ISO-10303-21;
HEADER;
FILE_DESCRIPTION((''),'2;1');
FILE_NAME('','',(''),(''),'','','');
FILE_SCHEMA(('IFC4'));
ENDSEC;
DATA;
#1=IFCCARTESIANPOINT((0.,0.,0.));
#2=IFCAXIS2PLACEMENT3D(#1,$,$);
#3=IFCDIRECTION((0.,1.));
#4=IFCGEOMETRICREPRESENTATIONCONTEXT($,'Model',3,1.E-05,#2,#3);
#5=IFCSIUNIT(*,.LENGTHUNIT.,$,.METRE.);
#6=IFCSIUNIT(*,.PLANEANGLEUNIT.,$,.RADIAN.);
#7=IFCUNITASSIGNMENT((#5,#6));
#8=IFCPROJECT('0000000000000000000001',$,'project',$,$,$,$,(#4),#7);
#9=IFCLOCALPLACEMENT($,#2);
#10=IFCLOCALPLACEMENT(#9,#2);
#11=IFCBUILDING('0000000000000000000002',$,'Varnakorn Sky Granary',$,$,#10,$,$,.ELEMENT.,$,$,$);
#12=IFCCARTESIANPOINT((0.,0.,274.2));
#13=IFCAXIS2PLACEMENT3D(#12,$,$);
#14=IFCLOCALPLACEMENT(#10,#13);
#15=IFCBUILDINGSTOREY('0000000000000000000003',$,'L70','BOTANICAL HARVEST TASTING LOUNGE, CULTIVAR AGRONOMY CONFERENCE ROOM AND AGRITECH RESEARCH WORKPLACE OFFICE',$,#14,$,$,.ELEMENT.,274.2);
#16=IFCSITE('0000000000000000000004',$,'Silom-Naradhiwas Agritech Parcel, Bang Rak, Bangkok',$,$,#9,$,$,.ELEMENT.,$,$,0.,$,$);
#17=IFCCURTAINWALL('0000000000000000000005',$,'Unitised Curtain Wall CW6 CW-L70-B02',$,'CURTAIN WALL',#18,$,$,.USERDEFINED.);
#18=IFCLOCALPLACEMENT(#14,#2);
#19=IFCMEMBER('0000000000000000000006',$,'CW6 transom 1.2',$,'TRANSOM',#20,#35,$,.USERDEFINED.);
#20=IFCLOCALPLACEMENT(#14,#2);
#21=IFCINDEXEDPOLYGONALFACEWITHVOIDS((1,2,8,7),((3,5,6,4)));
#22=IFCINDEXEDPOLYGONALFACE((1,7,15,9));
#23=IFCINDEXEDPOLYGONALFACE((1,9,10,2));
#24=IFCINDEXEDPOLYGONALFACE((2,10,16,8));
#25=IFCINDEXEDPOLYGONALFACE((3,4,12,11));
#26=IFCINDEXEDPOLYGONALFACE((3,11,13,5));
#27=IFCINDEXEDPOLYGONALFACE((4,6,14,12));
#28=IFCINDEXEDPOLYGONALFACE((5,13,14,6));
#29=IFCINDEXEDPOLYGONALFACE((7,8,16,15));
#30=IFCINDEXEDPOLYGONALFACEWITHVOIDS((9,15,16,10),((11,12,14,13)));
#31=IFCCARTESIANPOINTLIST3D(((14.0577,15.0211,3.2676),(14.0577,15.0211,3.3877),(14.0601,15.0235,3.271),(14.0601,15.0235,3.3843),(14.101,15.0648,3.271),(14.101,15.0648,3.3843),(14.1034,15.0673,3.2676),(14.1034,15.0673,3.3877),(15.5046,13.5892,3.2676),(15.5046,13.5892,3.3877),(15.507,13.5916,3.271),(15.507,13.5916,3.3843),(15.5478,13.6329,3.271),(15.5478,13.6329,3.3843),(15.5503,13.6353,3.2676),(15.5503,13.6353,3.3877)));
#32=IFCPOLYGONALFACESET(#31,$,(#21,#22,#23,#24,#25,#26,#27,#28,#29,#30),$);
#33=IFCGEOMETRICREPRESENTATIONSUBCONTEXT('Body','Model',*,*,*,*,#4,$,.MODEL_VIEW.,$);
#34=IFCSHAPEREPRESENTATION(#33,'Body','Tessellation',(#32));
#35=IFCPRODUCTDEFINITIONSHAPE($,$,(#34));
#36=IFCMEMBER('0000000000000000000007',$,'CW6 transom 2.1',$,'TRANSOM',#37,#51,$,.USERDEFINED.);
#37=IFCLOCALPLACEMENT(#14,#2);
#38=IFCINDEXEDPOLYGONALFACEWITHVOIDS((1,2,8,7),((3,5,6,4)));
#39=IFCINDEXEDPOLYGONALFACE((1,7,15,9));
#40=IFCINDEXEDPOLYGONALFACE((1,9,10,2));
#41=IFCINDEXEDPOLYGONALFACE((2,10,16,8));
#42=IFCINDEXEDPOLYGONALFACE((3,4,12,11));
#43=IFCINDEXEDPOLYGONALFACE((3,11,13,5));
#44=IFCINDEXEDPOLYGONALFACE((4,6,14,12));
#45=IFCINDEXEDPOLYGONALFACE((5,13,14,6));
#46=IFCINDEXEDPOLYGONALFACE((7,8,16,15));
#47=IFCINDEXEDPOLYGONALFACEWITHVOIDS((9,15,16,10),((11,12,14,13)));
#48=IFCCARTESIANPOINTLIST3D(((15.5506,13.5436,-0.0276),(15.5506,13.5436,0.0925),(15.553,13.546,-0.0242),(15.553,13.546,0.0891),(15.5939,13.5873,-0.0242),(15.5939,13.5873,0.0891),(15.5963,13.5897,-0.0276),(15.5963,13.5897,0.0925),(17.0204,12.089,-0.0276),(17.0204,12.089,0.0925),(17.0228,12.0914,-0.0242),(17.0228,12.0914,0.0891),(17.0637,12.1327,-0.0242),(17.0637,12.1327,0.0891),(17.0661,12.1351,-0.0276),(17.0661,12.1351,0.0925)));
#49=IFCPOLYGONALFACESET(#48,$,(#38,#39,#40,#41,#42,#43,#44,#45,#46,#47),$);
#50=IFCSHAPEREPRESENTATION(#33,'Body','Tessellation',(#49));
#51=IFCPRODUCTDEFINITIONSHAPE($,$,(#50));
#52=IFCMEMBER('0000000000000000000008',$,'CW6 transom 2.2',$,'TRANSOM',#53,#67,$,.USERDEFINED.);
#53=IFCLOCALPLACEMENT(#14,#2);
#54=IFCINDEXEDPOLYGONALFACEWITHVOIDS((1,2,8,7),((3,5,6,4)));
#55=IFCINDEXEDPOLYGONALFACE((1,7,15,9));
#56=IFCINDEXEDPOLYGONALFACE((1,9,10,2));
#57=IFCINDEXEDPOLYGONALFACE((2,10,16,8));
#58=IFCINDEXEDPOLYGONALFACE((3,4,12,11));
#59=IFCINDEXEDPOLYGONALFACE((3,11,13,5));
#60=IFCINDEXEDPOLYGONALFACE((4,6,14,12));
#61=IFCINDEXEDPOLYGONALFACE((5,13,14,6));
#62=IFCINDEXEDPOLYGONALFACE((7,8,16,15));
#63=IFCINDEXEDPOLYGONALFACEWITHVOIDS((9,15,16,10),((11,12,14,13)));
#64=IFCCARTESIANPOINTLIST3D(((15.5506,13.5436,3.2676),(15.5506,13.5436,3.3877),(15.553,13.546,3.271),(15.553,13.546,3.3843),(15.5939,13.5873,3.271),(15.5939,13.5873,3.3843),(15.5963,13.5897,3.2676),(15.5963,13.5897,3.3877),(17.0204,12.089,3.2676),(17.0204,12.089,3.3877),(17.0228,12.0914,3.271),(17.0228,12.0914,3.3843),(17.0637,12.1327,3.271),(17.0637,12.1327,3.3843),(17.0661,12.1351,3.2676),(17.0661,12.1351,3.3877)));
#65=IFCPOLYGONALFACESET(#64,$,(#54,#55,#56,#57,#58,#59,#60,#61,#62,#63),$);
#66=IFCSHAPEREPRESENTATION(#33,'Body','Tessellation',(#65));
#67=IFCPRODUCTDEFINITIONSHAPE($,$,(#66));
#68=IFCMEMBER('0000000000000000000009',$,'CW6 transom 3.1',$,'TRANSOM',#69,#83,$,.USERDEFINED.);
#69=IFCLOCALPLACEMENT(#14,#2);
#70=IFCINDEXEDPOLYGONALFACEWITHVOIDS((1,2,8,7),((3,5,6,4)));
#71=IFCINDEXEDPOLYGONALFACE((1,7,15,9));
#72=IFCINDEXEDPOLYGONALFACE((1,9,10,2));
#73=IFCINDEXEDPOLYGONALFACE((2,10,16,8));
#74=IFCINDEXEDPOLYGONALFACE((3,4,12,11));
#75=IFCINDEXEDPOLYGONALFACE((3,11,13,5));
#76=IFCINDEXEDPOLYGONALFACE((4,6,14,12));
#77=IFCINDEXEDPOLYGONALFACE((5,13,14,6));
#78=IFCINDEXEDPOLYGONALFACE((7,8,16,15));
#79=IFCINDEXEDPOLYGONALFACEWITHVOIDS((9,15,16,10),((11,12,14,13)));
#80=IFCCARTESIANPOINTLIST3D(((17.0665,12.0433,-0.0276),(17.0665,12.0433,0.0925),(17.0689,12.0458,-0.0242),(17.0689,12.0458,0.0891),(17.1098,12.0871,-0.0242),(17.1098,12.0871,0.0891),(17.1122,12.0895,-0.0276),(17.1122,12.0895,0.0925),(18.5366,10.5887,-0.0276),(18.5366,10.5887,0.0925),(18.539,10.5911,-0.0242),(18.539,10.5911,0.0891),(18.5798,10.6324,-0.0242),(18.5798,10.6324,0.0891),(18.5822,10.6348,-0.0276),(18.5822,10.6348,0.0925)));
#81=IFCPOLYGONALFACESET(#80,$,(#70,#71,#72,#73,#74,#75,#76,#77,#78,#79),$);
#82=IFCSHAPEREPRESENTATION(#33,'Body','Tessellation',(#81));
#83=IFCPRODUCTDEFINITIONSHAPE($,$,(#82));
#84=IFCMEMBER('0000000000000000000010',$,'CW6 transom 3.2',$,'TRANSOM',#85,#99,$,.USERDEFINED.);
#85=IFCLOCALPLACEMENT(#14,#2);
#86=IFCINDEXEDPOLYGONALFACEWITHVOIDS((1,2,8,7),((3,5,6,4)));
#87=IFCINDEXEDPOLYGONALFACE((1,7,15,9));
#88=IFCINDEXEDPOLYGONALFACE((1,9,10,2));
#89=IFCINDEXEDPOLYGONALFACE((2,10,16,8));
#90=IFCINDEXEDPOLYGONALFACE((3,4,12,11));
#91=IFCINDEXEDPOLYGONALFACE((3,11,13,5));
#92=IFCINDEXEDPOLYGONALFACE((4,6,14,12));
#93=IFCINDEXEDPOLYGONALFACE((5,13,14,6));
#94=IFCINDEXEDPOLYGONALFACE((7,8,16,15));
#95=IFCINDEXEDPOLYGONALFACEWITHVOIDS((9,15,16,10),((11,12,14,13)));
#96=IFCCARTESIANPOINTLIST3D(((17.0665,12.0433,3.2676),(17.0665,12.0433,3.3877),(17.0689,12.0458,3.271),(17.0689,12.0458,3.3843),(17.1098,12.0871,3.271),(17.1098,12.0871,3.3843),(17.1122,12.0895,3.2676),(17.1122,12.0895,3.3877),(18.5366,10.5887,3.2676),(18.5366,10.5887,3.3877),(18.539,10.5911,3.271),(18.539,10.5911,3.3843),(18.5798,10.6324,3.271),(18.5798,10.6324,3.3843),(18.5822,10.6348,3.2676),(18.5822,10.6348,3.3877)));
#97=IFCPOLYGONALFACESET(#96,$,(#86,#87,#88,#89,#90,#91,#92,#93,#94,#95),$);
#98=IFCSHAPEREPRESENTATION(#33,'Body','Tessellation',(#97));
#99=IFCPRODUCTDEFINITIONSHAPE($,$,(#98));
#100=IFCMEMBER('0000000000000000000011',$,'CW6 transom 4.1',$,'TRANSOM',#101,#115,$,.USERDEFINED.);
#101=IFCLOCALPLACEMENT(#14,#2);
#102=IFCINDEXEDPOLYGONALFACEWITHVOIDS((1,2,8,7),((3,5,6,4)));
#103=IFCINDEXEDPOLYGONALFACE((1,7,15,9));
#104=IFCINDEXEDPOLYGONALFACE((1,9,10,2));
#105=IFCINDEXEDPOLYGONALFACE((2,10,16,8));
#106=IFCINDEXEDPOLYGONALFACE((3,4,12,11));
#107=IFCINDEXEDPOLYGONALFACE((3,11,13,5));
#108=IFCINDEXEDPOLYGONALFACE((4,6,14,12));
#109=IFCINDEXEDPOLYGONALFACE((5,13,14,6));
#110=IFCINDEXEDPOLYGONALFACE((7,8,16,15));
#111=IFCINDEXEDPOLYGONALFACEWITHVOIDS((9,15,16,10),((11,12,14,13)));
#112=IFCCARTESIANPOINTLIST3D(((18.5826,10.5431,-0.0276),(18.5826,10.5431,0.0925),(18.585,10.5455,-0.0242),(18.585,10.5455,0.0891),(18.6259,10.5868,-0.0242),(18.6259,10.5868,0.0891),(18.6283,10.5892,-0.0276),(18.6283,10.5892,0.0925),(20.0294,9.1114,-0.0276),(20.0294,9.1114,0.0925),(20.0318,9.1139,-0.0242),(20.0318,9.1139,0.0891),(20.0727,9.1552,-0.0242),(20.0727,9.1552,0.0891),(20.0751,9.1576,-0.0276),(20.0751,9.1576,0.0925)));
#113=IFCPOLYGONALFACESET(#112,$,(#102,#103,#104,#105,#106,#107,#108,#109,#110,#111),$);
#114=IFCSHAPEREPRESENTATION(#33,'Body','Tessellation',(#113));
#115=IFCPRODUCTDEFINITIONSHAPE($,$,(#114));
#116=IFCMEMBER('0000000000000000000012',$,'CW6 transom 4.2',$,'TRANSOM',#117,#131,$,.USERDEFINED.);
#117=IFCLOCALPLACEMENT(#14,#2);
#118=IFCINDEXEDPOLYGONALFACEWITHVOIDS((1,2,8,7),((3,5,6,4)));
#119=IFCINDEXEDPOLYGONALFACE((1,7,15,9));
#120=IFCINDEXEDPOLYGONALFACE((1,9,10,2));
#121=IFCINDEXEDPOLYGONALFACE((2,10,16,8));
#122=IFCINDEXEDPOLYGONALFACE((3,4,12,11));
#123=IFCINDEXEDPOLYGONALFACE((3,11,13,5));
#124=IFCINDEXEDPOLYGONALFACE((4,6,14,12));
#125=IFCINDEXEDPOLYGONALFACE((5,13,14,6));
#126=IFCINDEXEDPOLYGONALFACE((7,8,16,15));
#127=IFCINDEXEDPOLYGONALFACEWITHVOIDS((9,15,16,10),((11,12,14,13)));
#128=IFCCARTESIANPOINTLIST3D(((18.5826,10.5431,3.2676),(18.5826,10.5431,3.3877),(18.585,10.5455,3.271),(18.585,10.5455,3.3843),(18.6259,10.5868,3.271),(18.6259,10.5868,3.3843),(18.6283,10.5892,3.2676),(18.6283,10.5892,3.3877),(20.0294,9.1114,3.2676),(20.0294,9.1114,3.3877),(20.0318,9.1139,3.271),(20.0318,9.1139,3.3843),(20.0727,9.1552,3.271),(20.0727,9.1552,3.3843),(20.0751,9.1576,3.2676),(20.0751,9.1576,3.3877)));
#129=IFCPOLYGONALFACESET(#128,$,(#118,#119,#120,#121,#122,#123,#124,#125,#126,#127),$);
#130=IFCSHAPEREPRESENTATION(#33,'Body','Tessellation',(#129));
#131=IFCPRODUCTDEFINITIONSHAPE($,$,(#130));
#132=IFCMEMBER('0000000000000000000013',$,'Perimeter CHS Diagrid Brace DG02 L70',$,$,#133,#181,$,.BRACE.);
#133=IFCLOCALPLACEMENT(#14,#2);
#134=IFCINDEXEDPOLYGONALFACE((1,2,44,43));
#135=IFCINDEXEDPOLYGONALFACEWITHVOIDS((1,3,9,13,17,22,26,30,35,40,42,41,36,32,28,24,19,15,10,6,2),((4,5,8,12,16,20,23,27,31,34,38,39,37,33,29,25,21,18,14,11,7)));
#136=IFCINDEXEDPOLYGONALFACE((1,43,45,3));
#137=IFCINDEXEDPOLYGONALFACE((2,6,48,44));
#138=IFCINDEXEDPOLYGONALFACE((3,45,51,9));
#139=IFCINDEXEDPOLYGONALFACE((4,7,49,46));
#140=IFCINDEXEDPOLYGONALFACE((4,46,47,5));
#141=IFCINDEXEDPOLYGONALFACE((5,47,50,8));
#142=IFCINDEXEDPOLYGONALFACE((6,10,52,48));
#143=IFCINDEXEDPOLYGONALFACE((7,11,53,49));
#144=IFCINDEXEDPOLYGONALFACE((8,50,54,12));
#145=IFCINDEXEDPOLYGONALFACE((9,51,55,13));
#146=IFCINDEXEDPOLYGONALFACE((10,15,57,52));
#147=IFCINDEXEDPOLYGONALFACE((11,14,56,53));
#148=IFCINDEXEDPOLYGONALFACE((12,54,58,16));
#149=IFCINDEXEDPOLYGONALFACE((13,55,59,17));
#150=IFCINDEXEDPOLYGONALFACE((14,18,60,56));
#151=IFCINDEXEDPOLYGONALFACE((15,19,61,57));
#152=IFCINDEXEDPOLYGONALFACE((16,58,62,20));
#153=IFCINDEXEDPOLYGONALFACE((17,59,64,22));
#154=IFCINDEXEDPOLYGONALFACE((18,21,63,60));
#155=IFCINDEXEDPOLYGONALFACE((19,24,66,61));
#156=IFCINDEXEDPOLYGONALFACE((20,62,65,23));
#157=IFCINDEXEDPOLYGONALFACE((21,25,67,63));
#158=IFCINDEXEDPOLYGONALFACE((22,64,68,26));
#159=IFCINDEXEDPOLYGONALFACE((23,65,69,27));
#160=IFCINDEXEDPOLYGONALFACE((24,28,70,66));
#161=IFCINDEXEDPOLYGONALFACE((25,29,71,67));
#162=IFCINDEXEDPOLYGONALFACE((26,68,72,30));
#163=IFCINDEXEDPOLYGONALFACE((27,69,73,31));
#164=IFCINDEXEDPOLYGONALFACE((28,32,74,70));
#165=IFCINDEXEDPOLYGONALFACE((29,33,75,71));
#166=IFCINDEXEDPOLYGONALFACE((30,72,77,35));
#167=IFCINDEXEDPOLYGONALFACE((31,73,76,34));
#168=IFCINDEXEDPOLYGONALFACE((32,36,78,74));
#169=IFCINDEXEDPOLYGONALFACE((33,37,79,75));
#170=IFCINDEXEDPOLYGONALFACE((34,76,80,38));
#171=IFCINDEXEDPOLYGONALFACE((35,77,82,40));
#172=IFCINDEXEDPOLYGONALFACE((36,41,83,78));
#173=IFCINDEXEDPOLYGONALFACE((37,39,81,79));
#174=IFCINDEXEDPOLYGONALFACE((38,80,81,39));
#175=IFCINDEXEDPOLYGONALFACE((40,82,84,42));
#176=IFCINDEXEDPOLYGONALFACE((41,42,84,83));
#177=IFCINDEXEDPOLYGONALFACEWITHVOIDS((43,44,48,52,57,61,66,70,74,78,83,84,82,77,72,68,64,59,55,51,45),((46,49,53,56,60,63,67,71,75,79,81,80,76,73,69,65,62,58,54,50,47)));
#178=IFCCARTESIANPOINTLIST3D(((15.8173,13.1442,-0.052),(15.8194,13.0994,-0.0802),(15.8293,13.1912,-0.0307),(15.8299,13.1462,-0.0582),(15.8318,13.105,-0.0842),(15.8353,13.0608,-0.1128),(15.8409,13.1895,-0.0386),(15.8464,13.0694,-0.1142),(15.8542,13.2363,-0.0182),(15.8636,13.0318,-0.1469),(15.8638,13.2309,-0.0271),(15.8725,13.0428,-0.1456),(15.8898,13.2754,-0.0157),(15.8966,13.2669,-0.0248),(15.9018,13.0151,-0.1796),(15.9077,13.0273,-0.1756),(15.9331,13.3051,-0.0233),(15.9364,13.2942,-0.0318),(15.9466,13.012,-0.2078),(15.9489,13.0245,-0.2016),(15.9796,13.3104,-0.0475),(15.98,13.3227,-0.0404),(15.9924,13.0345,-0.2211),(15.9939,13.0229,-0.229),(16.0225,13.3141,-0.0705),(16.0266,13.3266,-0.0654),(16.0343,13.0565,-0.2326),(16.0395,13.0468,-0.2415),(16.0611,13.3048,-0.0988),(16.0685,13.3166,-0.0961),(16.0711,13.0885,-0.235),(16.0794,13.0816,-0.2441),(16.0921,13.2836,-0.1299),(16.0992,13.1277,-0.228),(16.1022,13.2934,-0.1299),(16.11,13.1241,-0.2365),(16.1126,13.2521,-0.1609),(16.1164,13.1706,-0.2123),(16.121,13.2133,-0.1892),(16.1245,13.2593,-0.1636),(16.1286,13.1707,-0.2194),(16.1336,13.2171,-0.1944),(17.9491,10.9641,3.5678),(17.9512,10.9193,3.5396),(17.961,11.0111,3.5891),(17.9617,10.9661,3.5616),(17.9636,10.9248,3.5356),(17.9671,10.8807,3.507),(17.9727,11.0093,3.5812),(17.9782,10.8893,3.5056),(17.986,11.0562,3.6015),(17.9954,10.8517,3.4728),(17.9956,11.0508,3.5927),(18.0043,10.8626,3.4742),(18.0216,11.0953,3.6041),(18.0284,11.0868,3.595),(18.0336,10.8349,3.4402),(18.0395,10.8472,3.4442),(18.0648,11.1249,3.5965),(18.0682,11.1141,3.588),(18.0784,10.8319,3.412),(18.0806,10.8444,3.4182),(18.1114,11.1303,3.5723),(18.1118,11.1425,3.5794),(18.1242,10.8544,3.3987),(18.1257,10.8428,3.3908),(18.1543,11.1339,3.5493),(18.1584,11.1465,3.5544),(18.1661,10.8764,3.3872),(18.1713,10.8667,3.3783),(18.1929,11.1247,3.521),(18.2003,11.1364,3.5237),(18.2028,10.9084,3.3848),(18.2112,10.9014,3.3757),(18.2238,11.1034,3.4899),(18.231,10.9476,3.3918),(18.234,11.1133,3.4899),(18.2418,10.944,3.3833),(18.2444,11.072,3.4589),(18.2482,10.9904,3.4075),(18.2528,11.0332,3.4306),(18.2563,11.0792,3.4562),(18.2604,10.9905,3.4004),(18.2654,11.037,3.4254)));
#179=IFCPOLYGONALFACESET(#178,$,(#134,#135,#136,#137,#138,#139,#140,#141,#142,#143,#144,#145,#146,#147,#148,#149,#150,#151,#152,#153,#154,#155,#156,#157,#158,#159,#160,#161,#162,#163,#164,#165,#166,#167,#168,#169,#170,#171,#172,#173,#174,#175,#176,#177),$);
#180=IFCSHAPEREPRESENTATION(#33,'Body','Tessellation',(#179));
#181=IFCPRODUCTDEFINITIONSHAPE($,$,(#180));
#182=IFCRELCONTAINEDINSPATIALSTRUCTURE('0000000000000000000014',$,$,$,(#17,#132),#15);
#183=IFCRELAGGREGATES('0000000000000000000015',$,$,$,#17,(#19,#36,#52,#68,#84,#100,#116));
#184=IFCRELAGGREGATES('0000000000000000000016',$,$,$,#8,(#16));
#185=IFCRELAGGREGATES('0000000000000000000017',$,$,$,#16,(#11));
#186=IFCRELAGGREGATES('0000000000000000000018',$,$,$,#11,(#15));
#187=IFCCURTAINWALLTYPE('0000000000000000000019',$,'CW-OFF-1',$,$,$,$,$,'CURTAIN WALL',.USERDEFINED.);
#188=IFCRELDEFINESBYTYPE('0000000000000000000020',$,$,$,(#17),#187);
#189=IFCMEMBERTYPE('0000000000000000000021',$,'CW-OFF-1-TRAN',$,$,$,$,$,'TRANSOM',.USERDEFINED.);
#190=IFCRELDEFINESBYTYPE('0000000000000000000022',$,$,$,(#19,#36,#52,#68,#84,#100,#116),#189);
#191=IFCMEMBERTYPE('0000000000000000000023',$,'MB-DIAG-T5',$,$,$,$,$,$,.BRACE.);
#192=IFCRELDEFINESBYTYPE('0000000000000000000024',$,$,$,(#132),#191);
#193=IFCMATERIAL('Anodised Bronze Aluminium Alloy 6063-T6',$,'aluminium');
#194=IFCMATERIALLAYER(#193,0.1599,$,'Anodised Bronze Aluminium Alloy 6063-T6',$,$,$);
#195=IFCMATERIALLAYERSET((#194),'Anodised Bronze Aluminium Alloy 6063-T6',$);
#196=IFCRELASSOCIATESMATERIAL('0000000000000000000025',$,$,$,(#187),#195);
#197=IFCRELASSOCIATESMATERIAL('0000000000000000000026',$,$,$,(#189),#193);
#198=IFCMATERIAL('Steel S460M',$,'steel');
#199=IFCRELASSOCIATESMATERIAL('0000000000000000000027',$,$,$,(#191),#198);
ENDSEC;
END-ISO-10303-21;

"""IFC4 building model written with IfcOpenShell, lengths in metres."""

from ifc_helpers import new_model, si_unit, direction, frame, origin, origin_2d, place, context, subcontext, project, spatial, hollow_rectangle, hollow_circle, extrude, material, layer, layer_set, material_profile, profile_set, type_object, element, aggregate, save


model = new_model("IFC4")

# Units and contexts
model_context = context("Model", 3, precision=1e-05, world=origin(), true_north=direction((0.0, 1.0)))
body_context = subcontext(model_context, "Body", "Model", "MODEL_VIEW")
ifc_project = project(units=[si_unit("LENGTHUNIT", "METRE"), si_unit("PLANEANGLEUNIT", "RADIAN")], contexts=[model_context])

# Site, building, storey
site_placement = place(None, origin())
site = spatial("IfcSite", under=ifc_project, at=site_placement, Name="Silom-Naradhiwas Agritech Parcel, Bang Rak, Bangkok", CompositionType="ELEMENT", RefElevation=0.0)
building_placement = place(site_placement, origin())
building = spatial("IfcBuilding", under=site, at=building_placement, Name="Varnakorn Sky Granary", CompositionType="ELEMENT")
storey_placement = place(building_placement, frame((0.0, 0.0, 274.2)))
storey = spatial("IfcBuildingStorey", under=building, at=storey_placement, Name="L70", Description="BOTANICAL HARVEST TASTING LOUNGE, CULTIVAR AGRONOMY CONFERENCE ROOM AND AGRITECH RESEARCH WORKPLACE OFFICE", CompositionType="ELEMENT", Elevation=274.2)

# Shared definitions
ifc_material_1 = material(Name="Steel S460M", Category="steel")

# Curtain wall, members
ifc_material_2 = material(Name="Anodised Bronze Aluminium Alloy 6063-T6", Category="aluminium")
ifc_layer_1 = layer(ifc_material_2, 0.1599, Name="Anodised Bronze Aluminium Alloy 6063-T6")
ifc_layer_set_1 = layer_set([ifc_layer_1], Name="Anodised Bronze Aluminium Alloy 6063-T6")
curtain_wall_type = type_object("IfcCurtainWallType", Name="CW-OFF-1", ElementType="CURTAIN WALL", PredefinedType="USERDEFINED", material=ifc_layer_set_1)
curtain_wall_placement = place(storey_placement, origin())
curtain_wall = element("IfcCurtainWall", 1, at=curtain_wall_placement, inside=storey, type_object=curtain_wall_type, Name="Unitised Curtain Wall CW6 CW-L70-B02", ObjectType="CURTAIN WALL", PredefinedType="USERDEFINED")
ifc_material_profile_1 = material_profile(ifc_material_2, hollow_rectangle(XDim=0.0649, YDim=0.1201, WallThickness=0.0034, at=origin_2d()), Name="ALU TRAN 65x120")
ifc_profile_set_1 = profile_set([ifc_material_profile_1], Name="Anodised Bronze Aluminium Alloy 6063-T6")
member_type_1 = type_object("IfcMemberType", Name="CW-OFF-1-TRAN", ElementType="TRANSOM", PredefinedType="USERDEFINED", material=ifc_profile_set_1)
member_1_placement = place(storey_placement, frame((14.0806, 15.0442, 3.3276), z_axis=(0.710755, -0.703439, 0.0), x_axis=(0.703439, 0.710755, 0.0)))
member_1 = element("IfcMember", 2, at=member_1_placement, type_object=member_type_1, Name="CW6 transom 1.2", ObjectType="TRANSOM", PredefinedType="USERDEFINED", context=body_context, shape_type="SweptSolid", body=[
    extrude(hollow_rectangle(XDim=0.0649, YDim=0.1201, WallThickness=0.0034, at=origin_2d()), origin(), (0.0, 0.0, 1.0), 2.0356),
])
member_2_placement = place(storey_placement, frame((15.5735, 13.5667, 0.0325), z_axis=(0.710757, -0.703437, 0.0), x_axis=(0.703437, 0.710757, 0.0)))
member_2 = element("IfcMember", 3, at=member_2_placement, type_object=member_type_1, Name="CW6 transom 2.1", ObjectType="TRANSOM", PredefinedType="USERDEFINED", context=body_context, shape_type="SweptSolid", body=[
    extrude(hollow_rectangle(XDim=0.0649, YDim=0.1201, WallThickness=0.0034, at=origin_2d()), origin(), (0.0, 0.0, 1.0), 2.0679),
])
member_3_placement = place(storey_placement, frame((15.5735, 13.5667, 3.3276), z_axis=(0.710757, -0.703437, 0.0), x_axis=(0.703437, 0.710757, 0.0)))
member_3 = element("IfcMember", 4, at=member_3_placement, type_object=member_type_1, Name="CW6 transom 2.2", ObjectType="TRANSOM", PredefinedType="USERDEFINED", context=body_context, shape_type="SweptSolid", body=[
    extrude(hollow_rectangle(XDim=0.0649, YDim=0.1201, WallThickness=0.0034, at=origin_2d()), origin(), (0.0, 0.0, 1.0), 2.0679),
])
member_4_placement = place(storey_placement, frame((17.0894, 12.0664, 0.0325), z_axis=(0.710816, -0.703378, 0.0), x_axis=(0.703378, 0.710816, 0.0)))
member_4 = element("IfcMember", 5, at=member_4_placement, type_object=member_type_1, Name="CW6 transom 3.1", ObjectType="TRANSOM", PredefinedType="USERDEFINED", context=body_context, shape_type="SweptSolid", body=[
    extrude(hollow_rectangle(XDim=0.0649, YDim=0.1201, WallThickness=0.0034, at=origin_2d()), origin(), (0.0, 0.0, 1.0), 2.0681),
])
member_5_placement = place(storey_placement, frame((17.0894, 12.0664, 3.3276), z_axis=(0.710816, -0.703378, 0.0), x_axis=(0.703378, 0.710816, 0.0)))
member_5 = element("IfcMember", 6, at=member_5_placement, type_object=member_type_1, Name="CW6 transom 3.2", ObjectType="TRANSOM", PredefinedType="USERDEFINED", context=body_context, shape_type="SweptSolid", body=[
    extrude(hollow_rectangle(XDim=0.0649, YDim=0.1201, WallThickness=0.0034, at=origin_2d()), origin(), (0.0, 0.0, 1.0), 2.0681),
])
member_6_placement = place(storey_placement, frame((18.6055, 10.5662, 0.0325), z_axis=(0.710815, -0.703379, 0.0), x_axis=(0.703379, 0.710815, 0.0)))
member_6 = element("IfcMember", 7, at=member_6_placement, type_object=member_type_1, Name="CW6 transom 4.1", ObjectType="TRANSOM", PredefinedType="USERDEFINED", context=body_context, shape_type="SweptSolid", body=[
    extrude(hollow_rectangle(XDim=0.0649, YDim=0.1201, WallThickness=0.0034, at=origin_2d()), origin(), (0.0, 0.0, 1.0), 2.0354),
])
member_7_placement = place(storey_placement, frame((18.6055, 10.5662, 3.3276), z_axis=(0.710815, -0.703379, 0.0), x_axis=(0.703379, 0.710815, 0.0)))
member_7 = element("IfcMember", 8, at=member_7_placement, type_object=member_type_1, Name="CW6 transom 4.2", ObjectType="TRANSOM", PredefinedType="USERDEFINED", context=body_context, shape_type="SweptSolid", body=[
    extrude(hollow_rectangle(XDim=0.0649, YDim=0.1201, WallThickness=0.0034, at=origin_2d()), origin(), (0.0, 0.0, 1.0), 2.0354),
])

# Member
ifc_material_profile_2 = material_profile(ifc_material_1, hollow_circle(Radius=0.1777, WallThickness=0.0142, at=origin_2d()), Name="CHS 355.6x14")
ifc_profile_set_2 = profile_set([ifc_material_profile_2], Name="Steel S460M")
member_type_2 = type_object("IfcMemberType", Name="MB-DIAG-T5", PredefinedType="BRACE", material=ifc_profile_set_2)
member_8_placement = place(storey_placement, frame((15.9751, 13.1692, -0.1299), z_axis=(0.450419, -0.460632, 0.764814), x_axis=(0.714989, 0.699136, 0.0)))
element("IfcMember", 9, at=member_8_placement, inside=storey, type_object=member_type_2, Name="Perimeter CHS Diagrid Brace DG02 L70", PredefinedType="BRACE", context=body_context, shape_type="SweptSolid", body=[
    extrude(hollow_circle(Radius=0.1777, WallThickness=0.0142, at=origin_2d()), origin(), (0.0, 0.0, 1.0), 4.7329),
])

aggregate(curtain_wall, [member_1, member_2, member_3, member_4, member_5, member_6, member_7])

save(model, "model.ifc")
